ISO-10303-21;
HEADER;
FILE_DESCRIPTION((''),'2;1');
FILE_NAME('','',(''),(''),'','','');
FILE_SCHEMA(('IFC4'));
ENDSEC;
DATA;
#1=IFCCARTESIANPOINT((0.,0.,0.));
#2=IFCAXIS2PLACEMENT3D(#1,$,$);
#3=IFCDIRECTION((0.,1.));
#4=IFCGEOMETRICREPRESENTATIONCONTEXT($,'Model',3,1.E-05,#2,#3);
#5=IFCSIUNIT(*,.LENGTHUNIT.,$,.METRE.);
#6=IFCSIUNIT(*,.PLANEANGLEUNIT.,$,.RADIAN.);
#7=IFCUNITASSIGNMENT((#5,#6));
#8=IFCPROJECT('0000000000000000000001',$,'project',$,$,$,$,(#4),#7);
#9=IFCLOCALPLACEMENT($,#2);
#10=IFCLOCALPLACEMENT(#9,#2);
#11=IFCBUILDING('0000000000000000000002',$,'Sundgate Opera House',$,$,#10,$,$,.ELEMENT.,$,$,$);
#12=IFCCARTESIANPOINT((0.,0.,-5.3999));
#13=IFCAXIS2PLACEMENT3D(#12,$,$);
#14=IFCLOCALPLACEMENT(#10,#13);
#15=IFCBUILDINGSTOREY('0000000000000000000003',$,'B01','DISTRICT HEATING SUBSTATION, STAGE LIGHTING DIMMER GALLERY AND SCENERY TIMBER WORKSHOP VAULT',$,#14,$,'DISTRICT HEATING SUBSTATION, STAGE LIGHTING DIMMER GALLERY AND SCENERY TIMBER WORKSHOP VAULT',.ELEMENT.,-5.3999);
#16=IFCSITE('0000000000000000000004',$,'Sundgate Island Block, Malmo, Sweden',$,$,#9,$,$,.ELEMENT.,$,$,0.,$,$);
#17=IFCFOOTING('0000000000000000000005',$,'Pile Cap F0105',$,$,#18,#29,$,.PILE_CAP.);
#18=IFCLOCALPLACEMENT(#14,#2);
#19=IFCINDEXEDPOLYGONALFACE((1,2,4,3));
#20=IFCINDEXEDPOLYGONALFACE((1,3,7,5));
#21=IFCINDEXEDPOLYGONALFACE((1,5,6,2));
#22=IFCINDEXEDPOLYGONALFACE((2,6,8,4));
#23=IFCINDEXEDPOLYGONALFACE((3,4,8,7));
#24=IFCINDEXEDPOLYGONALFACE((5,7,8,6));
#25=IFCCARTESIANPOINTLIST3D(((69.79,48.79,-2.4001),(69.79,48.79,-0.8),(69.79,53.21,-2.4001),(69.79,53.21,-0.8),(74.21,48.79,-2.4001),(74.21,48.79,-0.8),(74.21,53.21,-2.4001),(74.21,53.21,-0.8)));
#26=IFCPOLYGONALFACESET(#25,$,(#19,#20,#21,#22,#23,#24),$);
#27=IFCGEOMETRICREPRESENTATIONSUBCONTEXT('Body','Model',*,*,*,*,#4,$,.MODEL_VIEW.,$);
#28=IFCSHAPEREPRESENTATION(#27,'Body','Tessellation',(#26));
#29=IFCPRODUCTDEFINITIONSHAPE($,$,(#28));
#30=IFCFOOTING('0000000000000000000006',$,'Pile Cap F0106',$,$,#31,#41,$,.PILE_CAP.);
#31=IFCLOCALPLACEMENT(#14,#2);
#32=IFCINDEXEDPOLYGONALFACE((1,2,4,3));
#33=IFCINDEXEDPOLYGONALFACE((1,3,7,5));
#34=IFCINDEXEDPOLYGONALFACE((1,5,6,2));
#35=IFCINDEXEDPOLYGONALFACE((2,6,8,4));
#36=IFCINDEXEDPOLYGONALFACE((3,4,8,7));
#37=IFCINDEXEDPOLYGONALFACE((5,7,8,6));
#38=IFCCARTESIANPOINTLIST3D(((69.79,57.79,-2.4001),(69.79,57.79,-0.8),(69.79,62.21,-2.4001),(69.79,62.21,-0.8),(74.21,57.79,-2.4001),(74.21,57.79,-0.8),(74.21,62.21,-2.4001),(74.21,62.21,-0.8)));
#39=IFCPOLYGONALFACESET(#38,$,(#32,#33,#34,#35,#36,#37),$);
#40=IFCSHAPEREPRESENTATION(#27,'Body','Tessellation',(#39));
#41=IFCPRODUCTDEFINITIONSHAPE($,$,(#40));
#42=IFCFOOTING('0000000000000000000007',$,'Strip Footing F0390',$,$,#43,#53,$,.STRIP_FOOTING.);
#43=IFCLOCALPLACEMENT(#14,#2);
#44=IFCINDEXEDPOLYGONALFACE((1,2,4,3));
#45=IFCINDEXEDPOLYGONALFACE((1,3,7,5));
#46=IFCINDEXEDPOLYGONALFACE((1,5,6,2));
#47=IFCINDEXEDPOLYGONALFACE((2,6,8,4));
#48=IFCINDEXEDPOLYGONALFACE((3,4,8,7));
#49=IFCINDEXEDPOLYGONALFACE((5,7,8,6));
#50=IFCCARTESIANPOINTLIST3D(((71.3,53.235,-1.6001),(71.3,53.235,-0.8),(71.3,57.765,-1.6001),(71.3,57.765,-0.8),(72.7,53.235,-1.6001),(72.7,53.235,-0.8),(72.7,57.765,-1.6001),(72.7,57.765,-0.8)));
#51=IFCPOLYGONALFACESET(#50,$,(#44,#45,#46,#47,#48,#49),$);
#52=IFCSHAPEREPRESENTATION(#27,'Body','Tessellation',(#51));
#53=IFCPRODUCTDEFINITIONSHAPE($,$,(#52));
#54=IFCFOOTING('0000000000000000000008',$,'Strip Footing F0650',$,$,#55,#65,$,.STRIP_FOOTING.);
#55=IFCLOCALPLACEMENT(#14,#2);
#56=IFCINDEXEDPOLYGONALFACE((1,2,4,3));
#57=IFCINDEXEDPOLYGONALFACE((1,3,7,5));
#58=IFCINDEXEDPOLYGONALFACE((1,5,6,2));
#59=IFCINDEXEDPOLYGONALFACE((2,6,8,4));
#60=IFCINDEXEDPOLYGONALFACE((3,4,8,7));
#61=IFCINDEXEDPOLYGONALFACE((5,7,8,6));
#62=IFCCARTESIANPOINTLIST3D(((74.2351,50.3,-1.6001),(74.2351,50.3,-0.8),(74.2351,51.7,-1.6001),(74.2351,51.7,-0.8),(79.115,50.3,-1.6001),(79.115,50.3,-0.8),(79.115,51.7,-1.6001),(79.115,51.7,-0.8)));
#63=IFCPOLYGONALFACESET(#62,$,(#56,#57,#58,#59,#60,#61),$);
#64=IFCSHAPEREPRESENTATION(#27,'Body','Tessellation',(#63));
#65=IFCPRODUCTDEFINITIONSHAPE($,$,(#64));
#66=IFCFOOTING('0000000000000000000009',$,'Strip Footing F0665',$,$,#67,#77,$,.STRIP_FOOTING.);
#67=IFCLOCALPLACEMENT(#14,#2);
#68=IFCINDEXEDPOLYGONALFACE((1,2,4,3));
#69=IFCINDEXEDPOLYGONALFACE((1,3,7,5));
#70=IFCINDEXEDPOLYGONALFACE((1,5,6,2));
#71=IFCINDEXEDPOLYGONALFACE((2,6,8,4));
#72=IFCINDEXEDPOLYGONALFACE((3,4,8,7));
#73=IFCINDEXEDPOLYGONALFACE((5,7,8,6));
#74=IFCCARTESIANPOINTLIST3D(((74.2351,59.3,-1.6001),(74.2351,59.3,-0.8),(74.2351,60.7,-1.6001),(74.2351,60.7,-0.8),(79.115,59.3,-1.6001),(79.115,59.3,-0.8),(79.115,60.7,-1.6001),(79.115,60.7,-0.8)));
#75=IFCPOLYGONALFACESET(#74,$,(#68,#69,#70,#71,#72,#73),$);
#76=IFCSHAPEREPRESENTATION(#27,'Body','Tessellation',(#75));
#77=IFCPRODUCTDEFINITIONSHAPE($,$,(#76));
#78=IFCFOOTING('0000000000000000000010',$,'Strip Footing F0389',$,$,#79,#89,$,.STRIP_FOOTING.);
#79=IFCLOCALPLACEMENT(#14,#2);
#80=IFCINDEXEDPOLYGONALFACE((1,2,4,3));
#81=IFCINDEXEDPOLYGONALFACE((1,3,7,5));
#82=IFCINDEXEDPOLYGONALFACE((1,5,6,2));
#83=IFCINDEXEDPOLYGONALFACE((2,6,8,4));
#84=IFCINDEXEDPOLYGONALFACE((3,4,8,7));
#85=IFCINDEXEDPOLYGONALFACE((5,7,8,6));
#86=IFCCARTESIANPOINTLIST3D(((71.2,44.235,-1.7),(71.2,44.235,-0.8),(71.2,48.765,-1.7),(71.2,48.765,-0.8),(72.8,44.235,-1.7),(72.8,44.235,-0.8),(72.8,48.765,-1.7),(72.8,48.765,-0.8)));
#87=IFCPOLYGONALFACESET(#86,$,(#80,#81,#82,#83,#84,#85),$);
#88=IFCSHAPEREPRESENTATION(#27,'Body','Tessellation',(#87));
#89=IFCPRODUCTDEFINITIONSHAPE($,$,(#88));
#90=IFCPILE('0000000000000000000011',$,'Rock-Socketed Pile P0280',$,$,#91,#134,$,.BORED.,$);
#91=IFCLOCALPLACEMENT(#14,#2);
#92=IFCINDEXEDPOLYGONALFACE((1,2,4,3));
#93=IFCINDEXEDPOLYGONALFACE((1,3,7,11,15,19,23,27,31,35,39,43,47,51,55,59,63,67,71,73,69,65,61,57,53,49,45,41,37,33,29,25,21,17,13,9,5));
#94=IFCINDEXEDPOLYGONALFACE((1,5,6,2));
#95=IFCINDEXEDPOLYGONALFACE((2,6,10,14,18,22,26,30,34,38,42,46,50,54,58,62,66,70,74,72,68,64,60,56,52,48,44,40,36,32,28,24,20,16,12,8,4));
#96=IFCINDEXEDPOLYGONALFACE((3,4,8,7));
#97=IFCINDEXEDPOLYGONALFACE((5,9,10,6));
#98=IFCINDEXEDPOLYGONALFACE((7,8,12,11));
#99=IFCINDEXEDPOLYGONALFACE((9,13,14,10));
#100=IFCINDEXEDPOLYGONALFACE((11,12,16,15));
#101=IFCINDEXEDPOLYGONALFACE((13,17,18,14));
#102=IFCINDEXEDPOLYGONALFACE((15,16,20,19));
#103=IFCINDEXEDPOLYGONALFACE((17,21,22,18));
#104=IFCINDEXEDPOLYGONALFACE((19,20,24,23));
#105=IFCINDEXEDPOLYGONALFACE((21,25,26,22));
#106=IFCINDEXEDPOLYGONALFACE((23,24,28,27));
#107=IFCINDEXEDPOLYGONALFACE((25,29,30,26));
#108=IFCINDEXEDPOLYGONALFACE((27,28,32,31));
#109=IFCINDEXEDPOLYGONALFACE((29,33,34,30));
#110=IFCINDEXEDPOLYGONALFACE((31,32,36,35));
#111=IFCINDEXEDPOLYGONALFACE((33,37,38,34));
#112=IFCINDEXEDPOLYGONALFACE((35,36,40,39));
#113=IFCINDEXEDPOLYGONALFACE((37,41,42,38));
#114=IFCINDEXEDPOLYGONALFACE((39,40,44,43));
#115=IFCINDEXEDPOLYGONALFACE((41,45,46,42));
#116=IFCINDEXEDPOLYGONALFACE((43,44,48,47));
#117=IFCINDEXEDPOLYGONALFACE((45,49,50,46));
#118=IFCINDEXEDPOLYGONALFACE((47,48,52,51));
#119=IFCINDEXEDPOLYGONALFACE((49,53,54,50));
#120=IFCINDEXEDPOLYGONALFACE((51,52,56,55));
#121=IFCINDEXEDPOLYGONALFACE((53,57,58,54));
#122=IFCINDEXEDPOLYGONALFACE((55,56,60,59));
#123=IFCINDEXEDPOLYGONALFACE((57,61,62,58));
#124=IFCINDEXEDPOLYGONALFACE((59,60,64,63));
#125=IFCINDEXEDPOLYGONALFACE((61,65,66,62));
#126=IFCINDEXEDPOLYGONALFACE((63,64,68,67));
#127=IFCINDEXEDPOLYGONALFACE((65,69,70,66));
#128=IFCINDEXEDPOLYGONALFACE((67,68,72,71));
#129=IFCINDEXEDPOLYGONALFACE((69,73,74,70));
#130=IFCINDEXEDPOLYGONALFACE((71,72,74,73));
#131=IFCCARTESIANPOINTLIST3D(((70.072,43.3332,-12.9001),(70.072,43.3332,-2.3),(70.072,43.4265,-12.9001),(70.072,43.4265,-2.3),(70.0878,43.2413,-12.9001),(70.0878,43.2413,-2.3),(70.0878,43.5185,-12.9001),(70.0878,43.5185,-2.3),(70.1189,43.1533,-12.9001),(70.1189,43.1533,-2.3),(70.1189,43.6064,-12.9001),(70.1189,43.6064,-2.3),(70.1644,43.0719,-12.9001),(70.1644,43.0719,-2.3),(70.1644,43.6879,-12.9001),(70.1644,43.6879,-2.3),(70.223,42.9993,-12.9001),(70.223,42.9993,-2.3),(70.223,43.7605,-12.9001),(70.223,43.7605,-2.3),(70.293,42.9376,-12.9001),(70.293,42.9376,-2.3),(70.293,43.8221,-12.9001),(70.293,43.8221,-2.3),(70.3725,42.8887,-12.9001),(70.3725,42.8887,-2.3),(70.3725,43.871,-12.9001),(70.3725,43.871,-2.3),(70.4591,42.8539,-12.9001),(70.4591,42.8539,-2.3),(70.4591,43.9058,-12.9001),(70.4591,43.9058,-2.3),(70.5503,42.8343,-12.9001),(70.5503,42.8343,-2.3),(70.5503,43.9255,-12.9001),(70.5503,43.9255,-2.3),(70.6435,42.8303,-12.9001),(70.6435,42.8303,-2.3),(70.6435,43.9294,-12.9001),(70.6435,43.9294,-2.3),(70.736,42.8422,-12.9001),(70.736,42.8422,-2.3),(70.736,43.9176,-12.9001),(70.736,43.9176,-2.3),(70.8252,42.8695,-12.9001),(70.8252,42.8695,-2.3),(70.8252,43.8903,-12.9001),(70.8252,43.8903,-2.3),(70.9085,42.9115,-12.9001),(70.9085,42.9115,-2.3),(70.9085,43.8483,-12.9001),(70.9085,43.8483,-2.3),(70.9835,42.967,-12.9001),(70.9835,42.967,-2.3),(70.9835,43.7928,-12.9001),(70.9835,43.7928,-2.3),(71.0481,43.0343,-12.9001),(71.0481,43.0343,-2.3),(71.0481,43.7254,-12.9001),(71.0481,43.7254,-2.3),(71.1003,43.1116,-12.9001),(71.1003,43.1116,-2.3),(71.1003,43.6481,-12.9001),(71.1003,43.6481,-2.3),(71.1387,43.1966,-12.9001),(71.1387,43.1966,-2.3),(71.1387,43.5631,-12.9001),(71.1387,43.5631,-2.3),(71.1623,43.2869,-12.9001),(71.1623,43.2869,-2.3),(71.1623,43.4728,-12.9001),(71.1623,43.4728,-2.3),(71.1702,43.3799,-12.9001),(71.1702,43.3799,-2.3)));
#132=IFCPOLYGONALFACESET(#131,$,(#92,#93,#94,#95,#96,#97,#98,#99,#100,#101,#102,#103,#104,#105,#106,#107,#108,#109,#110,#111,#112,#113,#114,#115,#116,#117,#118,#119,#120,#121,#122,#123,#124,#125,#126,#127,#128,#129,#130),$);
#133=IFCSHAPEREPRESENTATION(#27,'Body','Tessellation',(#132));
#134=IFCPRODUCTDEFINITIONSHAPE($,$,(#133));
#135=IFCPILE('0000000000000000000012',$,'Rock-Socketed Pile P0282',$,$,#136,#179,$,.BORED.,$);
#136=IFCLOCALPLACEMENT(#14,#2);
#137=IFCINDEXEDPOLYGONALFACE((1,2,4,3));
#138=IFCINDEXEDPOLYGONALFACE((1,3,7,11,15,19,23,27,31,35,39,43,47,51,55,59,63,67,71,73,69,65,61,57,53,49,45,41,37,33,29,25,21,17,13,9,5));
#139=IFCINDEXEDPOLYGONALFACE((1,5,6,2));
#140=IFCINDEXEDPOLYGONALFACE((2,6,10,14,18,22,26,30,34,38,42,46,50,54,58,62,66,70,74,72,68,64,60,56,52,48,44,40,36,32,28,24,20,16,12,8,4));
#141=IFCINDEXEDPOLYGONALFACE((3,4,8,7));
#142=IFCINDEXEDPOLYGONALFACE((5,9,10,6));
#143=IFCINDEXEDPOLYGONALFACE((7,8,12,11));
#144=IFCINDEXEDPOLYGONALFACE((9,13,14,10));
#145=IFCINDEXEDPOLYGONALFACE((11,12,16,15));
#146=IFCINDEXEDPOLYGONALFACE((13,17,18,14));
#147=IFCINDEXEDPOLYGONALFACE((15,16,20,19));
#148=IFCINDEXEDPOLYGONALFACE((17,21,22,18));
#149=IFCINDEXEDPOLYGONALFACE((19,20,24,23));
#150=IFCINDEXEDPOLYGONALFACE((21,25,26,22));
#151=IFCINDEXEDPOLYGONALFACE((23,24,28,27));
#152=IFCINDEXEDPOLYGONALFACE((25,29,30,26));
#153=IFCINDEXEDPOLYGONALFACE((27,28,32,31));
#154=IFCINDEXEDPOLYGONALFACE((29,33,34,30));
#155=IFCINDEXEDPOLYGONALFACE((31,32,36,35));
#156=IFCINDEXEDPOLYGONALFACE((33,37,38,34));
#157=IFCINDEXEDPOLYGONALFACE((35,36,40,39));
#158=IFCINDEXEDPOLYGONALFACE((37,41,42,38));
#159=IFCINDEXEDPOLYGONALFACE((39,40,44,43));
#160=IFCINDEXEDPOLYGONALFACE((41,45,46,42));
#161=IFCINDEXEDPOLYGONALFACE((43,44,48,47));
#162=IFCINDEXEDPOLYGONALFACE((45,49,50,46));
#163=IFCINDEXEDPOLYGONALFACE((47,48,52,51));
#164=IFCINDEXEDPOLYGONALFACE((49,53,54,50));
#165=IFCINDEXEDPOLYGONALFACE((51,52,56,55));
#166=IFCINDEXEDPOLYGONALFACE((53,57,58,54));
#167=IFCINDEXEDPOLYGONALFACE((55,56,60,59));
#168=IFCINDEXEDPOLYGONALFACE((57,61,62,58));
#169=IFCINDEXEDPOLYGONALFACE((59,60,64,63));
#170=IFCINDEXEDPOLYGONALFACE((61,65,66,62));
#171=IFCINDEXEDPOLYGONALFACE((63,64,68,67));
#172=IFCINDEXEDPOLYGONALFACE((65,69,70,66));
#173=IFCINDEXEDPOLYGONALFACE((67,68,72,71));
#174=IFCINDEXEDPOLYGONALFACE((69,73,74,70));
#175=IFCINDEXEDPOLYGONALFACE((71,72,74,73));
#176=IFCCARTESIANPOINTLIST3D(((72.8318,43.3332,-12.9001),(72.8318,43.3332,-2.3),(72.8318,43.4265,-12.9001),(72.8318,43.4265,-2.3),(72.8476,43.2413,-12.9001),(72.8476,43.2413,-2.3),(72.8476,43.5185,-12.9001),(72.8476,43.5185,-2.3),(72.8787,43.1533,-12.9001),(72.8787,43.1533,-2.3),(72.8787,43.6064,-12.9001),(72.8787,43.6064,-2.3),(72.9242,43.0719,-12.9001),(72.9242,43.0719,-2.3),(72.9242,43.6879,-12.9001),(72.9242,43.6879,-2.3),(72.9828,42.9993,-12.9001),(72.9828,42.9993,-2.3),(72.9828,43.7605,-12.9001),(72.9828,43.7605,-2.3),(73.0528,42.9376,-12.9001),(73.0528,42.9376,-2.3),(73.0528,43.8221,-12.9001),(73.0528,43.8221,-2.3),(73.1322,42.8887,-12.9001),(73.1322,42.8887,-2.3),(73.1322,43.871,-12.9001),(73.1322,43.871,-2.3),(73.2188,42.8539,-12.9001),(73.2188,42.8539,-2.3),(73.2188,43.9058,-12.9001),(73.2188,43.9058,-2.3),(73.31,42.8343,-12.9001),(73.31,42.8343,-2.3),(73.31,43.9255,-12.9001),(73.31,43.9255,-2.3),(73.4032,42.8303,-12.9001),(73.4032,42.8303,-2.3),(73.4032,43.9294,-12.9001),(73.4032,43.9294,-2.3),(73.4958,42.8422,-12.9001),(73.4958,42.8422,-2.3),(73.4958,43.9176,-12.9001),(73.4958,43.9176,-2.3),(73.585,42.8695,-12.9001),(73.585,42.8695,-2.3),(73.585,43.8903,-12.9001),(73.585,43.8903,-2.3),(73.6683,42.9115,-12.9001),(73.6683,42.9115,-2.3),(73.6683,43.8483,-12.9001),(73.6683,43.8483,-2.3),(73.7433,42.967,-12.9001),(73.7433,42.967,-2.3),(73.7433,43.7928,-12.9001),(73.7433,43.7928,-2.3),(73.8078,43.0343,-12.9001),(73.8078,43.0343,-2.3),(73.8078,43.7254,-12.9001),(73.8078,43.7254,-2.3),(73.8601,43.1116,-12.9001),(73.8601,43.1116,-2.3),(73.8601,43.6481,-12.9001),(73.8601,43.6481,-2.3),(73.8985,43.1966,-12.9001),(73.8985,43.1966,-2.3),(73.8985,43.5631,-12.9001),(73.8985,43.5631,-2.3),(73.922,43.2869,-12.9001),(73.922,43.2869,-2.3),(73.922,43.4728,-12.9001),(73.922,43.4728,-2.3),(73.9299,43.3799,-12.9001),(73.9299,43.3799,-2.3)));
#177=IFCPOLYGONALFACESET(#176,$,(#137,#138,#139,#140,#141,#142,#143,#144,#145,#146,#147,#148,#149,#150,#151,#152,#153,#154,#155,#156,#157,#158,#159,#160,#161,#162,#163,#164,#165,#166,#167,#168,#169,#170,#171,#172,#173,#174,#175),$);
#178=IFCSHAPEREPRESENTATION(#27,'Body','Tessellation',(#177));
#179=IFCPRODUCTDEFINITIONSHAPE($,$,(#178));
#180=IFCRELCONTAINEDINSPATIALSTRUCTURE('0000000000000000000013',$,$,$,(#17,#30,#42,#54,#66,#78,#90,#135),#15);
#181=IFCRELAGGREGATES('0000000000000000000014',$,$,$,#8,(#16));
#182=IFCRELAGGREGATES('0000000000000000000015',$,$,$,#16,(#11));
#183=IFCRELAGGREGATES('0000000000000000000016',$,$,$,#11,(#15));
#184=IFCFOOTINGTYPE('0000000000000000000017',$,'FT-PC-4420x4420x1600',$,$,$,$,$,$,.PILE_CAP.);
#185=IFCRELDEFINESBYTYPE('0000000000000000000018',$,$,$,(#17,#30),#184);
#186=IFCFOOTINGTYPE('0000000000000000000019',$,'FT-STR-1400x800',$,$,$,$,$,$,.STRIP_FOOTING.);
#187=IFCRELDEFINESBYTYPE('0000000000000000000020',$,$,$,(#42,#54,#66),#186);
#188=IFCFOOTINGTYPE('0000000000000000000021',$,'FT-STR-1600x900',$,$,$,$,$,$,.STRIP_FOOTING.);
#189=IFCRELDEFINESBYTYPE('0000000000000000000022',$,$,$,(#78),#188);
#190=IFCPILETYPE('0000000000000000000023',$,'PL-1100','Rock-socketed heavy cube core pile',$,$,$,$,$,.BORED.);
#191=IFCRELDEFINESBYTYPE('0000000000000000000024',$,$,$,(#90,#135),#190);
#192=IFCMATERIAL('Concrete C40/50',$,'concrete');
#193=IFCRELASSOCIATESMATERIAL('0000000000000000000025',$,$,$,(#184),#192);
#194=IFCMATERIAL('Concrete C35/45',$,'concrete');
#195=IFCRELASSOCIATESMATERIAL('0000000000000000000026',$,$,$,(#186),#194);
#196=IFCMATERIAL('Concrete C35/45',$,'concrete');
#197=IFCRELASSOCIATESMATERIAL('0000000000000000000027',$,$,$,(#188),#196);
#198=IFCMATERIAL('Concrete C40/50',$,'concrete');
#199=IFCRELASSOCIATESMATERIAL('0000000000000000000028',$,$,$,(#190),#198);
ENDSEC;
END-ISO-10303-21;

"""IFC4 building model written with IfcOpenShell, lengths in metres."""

from ifc_helpers import new_model, si_unit, direction, frame, origin, origin_2d, place, context, subcontext, project, spatial, rectangle, circle, extrude, material, material_profile, profile_set, type_object, element, save


model = new_model("IFC4")

# Units and contexts
model_context = context("Model", 3, precision=1e-05, world=origin(), true_north=direction((0.0, 1.0)))
body_context = subcontext(model_context, "Body", "Model", "MODEL_VIEW")
ifc_project = project(units=[si_unit("LENGTHUNIT", "METRE"), si_unit("PLANEANGLEUNIT", "RADIAN")], contexts=[model_context])

# Site, building, storey
site_placement = place(None, origin())
site = spatial("IfcSite", under=ifc_project, at=site_placement, Name="Sundgate Island Block, Malmo, Sweden", CompositionType="ELEMENT", RefElevation=0.0)
building_placement = place(site_placement, origin())
building = spatial("IfcBuilding", under=site, at=building_placement, Name="Sundgate Opera House", CompositionType="ELEMENT")
storey_placement = place(building_placement, frame((0.0, 0.0, -5.3999)))
storey = spatial("IfcBuildingStorey", under=building, at=storey_placement, Name="B01", Description="DISTRICT HEATING SUBSTATION, STAGE LIGHTING DIMMER GALLERY AND SCENERY TIMBER WORKSHOP VAULT", LongName="DISTRICT HEATING SUBSTATION, STAGE LIGHTING DIMMER GALLERY AND SCENERY TIMBER WORKSHOP VAULT", CompositionType="ELEMENT", Elevation=-5.3999)

# Footings
ifc_material_1 = material(Name="Concrete C40/50", Category="concrete")
footing_type_1 = type_object("IfcFootingType", Name="FT-PC-4420x4420x1600", PredefinedType="PILE_CAP", material=ifc_material_1)
for number, where, z_axis, x_axis, name in (
    (1, (72.0, 51.0, -2.4001), (0.0, 0.0, 1.0), (1.0, 0.0, 0.0), "Pile Cap F0105"),
    (2, (72.0, 60.0, -2.4001), (0.0, 0.0, 1.0), (1.0, 0.0, 0.0), "Pile Cap F0106"),
):
    element("IfcFooting", number, at=place(storey_placement, frame(where, z_axis=z_axis, x_axis=x_axis)), inside=storey, type_object=footing_type_1, Name=name, PredefinedType="PILE_CAP", context=body_context, shape_type="SweptSolid", body=[
        extrude(rectangle(XDim=4.4199, YDim=4.4199, at=origin_2d()), origin(), (0.0, 0.0, 1.0), 1.6001),
    ])
ifc_material_2 = material(Name="Concrete C35/45", Category="concrete")
footing_type_2 = type_object("IfcFootingType", Name="FT-STR-1400x800", PredefinedType="STRIP_FOOTING", material=ifc_material_2)
footing_1_placement = place(storey_placement, frame((72.0, 55.5, -1.6001), z_axis=(0.0, 0.0, 1.0), x_axis=(1.0, 0.0, 0.0)))
element("IfcFooting", 3, at=footing_1_placement, inside=storey, type_object=footing_type_2, Name="Strip Footing F0390", PredefinedType="STRIP_FOOTING", context=body_context, shape_type="SweptSolid", body=[
    extrude(rectangle(XDim=1.3999, YDim=4.53, at=origin_2d()), origin(), (0.0, 0.0, 1.0), 0.8),
])
for number, where, z_axis, x_axis, name in (
    (4, (76.675, 51.0, -1.6001), (0.0, 0.0, 1.0), (1.0, 0.0, 0.0), "Strip Footing F0650"),
    (5, (76.675, 60.0, -1.6001), (0.0, 0.0, 1.0), (1.0, 0.0, 0.0), "Strip Footing F0665"),
):
    element("IfcFooting", number, at=place(storey_placement, frame(where, z_axis=z_axis, x_axis=x_axis)), inside=storey, type_object=footing_type_2, Name=name, PredefinedType="STRIP_FOOTING", context=body_context, shape_type="SweptSolid", body=[
        extrude(rectangle(XDim=4.8799, YDim=1.3999, at=origin_2d()), origin(), (0.0, 0.0, 1.0), 0.8),
    ])
ifc_material_3 = material(Name="Concrete C35/45", Category="concrete")
footing_type_3 = type_object("IfcFootingType", Name="FT-STR-1600x900", PredefinedType="STRIP_FOOTING", material=ifc_material_3)
footing_2_placement = place(storey_placement, frame((72.0, 46.5, -1.7), z_axis=(0.0, 0.0, 1.0), x_axis=(1.0, 0.0, 0.0)))
element("IfcFooting", 6, at=footing_2_placement, inside=storey, type_object=footing_type_3, Name="Strip Footing F0389", PredefinedType="STRIP_FOOTING", context=body_context, shape_type="SweptSolid", body=[
    extrude(rectangle(XDim=1.6001, YDim=4.53, at=origin_2d()), origin(), (0.0, 0.0, 1.0), 0.8999),
])

# Piles
ifc_material_4 = material(Name="Concrete C40/50", Category="concrete")
ifc_material_profile_1 = material_profile(ifc_material_4, circle(Radius=0.55, at=origin_2d()), Name="PILE D1100")
ifc_profile_set_1 = profile_set([ifc_material_profile_1], Name="Concrete C40/50")
pile_type_1 = type_object("IfcPileType", Name="PL-1100", Description="Rock-socketed heavy cube core pile", PredefinedType="BORED", material=ifc_profile_set_1)
for number, where, z_axis, x_axis, name in (
    (7, (70.6201, 43.3799, -2.3), (0.0, 0.0, -1.0), (1.0, 0.0, 0.0), "Rock-Socketed Pile P0280"),
    (8, (73.3799, 43.3799, -2.3), (0.0, 0.0, -1.0), (1.0, 0.0, 0.0), "Rock-Socketed Pile P0282"),
):
    element("IfcPile", number, at=place(storey_placement, frame(where, z_axis=z_axis, x_axis=x_axis)), inside=storey, type_object=pile_type_1, Name=name, PredefinedType="BORED", context=body_context, shape_type="SweptSolid", body=[
        extrude(circle(Radius=0.55, at=origin_2d()), origin(), (0.0, 0.0, 1.0), 10.6001),
    ])

save(model, "model.ifc")
